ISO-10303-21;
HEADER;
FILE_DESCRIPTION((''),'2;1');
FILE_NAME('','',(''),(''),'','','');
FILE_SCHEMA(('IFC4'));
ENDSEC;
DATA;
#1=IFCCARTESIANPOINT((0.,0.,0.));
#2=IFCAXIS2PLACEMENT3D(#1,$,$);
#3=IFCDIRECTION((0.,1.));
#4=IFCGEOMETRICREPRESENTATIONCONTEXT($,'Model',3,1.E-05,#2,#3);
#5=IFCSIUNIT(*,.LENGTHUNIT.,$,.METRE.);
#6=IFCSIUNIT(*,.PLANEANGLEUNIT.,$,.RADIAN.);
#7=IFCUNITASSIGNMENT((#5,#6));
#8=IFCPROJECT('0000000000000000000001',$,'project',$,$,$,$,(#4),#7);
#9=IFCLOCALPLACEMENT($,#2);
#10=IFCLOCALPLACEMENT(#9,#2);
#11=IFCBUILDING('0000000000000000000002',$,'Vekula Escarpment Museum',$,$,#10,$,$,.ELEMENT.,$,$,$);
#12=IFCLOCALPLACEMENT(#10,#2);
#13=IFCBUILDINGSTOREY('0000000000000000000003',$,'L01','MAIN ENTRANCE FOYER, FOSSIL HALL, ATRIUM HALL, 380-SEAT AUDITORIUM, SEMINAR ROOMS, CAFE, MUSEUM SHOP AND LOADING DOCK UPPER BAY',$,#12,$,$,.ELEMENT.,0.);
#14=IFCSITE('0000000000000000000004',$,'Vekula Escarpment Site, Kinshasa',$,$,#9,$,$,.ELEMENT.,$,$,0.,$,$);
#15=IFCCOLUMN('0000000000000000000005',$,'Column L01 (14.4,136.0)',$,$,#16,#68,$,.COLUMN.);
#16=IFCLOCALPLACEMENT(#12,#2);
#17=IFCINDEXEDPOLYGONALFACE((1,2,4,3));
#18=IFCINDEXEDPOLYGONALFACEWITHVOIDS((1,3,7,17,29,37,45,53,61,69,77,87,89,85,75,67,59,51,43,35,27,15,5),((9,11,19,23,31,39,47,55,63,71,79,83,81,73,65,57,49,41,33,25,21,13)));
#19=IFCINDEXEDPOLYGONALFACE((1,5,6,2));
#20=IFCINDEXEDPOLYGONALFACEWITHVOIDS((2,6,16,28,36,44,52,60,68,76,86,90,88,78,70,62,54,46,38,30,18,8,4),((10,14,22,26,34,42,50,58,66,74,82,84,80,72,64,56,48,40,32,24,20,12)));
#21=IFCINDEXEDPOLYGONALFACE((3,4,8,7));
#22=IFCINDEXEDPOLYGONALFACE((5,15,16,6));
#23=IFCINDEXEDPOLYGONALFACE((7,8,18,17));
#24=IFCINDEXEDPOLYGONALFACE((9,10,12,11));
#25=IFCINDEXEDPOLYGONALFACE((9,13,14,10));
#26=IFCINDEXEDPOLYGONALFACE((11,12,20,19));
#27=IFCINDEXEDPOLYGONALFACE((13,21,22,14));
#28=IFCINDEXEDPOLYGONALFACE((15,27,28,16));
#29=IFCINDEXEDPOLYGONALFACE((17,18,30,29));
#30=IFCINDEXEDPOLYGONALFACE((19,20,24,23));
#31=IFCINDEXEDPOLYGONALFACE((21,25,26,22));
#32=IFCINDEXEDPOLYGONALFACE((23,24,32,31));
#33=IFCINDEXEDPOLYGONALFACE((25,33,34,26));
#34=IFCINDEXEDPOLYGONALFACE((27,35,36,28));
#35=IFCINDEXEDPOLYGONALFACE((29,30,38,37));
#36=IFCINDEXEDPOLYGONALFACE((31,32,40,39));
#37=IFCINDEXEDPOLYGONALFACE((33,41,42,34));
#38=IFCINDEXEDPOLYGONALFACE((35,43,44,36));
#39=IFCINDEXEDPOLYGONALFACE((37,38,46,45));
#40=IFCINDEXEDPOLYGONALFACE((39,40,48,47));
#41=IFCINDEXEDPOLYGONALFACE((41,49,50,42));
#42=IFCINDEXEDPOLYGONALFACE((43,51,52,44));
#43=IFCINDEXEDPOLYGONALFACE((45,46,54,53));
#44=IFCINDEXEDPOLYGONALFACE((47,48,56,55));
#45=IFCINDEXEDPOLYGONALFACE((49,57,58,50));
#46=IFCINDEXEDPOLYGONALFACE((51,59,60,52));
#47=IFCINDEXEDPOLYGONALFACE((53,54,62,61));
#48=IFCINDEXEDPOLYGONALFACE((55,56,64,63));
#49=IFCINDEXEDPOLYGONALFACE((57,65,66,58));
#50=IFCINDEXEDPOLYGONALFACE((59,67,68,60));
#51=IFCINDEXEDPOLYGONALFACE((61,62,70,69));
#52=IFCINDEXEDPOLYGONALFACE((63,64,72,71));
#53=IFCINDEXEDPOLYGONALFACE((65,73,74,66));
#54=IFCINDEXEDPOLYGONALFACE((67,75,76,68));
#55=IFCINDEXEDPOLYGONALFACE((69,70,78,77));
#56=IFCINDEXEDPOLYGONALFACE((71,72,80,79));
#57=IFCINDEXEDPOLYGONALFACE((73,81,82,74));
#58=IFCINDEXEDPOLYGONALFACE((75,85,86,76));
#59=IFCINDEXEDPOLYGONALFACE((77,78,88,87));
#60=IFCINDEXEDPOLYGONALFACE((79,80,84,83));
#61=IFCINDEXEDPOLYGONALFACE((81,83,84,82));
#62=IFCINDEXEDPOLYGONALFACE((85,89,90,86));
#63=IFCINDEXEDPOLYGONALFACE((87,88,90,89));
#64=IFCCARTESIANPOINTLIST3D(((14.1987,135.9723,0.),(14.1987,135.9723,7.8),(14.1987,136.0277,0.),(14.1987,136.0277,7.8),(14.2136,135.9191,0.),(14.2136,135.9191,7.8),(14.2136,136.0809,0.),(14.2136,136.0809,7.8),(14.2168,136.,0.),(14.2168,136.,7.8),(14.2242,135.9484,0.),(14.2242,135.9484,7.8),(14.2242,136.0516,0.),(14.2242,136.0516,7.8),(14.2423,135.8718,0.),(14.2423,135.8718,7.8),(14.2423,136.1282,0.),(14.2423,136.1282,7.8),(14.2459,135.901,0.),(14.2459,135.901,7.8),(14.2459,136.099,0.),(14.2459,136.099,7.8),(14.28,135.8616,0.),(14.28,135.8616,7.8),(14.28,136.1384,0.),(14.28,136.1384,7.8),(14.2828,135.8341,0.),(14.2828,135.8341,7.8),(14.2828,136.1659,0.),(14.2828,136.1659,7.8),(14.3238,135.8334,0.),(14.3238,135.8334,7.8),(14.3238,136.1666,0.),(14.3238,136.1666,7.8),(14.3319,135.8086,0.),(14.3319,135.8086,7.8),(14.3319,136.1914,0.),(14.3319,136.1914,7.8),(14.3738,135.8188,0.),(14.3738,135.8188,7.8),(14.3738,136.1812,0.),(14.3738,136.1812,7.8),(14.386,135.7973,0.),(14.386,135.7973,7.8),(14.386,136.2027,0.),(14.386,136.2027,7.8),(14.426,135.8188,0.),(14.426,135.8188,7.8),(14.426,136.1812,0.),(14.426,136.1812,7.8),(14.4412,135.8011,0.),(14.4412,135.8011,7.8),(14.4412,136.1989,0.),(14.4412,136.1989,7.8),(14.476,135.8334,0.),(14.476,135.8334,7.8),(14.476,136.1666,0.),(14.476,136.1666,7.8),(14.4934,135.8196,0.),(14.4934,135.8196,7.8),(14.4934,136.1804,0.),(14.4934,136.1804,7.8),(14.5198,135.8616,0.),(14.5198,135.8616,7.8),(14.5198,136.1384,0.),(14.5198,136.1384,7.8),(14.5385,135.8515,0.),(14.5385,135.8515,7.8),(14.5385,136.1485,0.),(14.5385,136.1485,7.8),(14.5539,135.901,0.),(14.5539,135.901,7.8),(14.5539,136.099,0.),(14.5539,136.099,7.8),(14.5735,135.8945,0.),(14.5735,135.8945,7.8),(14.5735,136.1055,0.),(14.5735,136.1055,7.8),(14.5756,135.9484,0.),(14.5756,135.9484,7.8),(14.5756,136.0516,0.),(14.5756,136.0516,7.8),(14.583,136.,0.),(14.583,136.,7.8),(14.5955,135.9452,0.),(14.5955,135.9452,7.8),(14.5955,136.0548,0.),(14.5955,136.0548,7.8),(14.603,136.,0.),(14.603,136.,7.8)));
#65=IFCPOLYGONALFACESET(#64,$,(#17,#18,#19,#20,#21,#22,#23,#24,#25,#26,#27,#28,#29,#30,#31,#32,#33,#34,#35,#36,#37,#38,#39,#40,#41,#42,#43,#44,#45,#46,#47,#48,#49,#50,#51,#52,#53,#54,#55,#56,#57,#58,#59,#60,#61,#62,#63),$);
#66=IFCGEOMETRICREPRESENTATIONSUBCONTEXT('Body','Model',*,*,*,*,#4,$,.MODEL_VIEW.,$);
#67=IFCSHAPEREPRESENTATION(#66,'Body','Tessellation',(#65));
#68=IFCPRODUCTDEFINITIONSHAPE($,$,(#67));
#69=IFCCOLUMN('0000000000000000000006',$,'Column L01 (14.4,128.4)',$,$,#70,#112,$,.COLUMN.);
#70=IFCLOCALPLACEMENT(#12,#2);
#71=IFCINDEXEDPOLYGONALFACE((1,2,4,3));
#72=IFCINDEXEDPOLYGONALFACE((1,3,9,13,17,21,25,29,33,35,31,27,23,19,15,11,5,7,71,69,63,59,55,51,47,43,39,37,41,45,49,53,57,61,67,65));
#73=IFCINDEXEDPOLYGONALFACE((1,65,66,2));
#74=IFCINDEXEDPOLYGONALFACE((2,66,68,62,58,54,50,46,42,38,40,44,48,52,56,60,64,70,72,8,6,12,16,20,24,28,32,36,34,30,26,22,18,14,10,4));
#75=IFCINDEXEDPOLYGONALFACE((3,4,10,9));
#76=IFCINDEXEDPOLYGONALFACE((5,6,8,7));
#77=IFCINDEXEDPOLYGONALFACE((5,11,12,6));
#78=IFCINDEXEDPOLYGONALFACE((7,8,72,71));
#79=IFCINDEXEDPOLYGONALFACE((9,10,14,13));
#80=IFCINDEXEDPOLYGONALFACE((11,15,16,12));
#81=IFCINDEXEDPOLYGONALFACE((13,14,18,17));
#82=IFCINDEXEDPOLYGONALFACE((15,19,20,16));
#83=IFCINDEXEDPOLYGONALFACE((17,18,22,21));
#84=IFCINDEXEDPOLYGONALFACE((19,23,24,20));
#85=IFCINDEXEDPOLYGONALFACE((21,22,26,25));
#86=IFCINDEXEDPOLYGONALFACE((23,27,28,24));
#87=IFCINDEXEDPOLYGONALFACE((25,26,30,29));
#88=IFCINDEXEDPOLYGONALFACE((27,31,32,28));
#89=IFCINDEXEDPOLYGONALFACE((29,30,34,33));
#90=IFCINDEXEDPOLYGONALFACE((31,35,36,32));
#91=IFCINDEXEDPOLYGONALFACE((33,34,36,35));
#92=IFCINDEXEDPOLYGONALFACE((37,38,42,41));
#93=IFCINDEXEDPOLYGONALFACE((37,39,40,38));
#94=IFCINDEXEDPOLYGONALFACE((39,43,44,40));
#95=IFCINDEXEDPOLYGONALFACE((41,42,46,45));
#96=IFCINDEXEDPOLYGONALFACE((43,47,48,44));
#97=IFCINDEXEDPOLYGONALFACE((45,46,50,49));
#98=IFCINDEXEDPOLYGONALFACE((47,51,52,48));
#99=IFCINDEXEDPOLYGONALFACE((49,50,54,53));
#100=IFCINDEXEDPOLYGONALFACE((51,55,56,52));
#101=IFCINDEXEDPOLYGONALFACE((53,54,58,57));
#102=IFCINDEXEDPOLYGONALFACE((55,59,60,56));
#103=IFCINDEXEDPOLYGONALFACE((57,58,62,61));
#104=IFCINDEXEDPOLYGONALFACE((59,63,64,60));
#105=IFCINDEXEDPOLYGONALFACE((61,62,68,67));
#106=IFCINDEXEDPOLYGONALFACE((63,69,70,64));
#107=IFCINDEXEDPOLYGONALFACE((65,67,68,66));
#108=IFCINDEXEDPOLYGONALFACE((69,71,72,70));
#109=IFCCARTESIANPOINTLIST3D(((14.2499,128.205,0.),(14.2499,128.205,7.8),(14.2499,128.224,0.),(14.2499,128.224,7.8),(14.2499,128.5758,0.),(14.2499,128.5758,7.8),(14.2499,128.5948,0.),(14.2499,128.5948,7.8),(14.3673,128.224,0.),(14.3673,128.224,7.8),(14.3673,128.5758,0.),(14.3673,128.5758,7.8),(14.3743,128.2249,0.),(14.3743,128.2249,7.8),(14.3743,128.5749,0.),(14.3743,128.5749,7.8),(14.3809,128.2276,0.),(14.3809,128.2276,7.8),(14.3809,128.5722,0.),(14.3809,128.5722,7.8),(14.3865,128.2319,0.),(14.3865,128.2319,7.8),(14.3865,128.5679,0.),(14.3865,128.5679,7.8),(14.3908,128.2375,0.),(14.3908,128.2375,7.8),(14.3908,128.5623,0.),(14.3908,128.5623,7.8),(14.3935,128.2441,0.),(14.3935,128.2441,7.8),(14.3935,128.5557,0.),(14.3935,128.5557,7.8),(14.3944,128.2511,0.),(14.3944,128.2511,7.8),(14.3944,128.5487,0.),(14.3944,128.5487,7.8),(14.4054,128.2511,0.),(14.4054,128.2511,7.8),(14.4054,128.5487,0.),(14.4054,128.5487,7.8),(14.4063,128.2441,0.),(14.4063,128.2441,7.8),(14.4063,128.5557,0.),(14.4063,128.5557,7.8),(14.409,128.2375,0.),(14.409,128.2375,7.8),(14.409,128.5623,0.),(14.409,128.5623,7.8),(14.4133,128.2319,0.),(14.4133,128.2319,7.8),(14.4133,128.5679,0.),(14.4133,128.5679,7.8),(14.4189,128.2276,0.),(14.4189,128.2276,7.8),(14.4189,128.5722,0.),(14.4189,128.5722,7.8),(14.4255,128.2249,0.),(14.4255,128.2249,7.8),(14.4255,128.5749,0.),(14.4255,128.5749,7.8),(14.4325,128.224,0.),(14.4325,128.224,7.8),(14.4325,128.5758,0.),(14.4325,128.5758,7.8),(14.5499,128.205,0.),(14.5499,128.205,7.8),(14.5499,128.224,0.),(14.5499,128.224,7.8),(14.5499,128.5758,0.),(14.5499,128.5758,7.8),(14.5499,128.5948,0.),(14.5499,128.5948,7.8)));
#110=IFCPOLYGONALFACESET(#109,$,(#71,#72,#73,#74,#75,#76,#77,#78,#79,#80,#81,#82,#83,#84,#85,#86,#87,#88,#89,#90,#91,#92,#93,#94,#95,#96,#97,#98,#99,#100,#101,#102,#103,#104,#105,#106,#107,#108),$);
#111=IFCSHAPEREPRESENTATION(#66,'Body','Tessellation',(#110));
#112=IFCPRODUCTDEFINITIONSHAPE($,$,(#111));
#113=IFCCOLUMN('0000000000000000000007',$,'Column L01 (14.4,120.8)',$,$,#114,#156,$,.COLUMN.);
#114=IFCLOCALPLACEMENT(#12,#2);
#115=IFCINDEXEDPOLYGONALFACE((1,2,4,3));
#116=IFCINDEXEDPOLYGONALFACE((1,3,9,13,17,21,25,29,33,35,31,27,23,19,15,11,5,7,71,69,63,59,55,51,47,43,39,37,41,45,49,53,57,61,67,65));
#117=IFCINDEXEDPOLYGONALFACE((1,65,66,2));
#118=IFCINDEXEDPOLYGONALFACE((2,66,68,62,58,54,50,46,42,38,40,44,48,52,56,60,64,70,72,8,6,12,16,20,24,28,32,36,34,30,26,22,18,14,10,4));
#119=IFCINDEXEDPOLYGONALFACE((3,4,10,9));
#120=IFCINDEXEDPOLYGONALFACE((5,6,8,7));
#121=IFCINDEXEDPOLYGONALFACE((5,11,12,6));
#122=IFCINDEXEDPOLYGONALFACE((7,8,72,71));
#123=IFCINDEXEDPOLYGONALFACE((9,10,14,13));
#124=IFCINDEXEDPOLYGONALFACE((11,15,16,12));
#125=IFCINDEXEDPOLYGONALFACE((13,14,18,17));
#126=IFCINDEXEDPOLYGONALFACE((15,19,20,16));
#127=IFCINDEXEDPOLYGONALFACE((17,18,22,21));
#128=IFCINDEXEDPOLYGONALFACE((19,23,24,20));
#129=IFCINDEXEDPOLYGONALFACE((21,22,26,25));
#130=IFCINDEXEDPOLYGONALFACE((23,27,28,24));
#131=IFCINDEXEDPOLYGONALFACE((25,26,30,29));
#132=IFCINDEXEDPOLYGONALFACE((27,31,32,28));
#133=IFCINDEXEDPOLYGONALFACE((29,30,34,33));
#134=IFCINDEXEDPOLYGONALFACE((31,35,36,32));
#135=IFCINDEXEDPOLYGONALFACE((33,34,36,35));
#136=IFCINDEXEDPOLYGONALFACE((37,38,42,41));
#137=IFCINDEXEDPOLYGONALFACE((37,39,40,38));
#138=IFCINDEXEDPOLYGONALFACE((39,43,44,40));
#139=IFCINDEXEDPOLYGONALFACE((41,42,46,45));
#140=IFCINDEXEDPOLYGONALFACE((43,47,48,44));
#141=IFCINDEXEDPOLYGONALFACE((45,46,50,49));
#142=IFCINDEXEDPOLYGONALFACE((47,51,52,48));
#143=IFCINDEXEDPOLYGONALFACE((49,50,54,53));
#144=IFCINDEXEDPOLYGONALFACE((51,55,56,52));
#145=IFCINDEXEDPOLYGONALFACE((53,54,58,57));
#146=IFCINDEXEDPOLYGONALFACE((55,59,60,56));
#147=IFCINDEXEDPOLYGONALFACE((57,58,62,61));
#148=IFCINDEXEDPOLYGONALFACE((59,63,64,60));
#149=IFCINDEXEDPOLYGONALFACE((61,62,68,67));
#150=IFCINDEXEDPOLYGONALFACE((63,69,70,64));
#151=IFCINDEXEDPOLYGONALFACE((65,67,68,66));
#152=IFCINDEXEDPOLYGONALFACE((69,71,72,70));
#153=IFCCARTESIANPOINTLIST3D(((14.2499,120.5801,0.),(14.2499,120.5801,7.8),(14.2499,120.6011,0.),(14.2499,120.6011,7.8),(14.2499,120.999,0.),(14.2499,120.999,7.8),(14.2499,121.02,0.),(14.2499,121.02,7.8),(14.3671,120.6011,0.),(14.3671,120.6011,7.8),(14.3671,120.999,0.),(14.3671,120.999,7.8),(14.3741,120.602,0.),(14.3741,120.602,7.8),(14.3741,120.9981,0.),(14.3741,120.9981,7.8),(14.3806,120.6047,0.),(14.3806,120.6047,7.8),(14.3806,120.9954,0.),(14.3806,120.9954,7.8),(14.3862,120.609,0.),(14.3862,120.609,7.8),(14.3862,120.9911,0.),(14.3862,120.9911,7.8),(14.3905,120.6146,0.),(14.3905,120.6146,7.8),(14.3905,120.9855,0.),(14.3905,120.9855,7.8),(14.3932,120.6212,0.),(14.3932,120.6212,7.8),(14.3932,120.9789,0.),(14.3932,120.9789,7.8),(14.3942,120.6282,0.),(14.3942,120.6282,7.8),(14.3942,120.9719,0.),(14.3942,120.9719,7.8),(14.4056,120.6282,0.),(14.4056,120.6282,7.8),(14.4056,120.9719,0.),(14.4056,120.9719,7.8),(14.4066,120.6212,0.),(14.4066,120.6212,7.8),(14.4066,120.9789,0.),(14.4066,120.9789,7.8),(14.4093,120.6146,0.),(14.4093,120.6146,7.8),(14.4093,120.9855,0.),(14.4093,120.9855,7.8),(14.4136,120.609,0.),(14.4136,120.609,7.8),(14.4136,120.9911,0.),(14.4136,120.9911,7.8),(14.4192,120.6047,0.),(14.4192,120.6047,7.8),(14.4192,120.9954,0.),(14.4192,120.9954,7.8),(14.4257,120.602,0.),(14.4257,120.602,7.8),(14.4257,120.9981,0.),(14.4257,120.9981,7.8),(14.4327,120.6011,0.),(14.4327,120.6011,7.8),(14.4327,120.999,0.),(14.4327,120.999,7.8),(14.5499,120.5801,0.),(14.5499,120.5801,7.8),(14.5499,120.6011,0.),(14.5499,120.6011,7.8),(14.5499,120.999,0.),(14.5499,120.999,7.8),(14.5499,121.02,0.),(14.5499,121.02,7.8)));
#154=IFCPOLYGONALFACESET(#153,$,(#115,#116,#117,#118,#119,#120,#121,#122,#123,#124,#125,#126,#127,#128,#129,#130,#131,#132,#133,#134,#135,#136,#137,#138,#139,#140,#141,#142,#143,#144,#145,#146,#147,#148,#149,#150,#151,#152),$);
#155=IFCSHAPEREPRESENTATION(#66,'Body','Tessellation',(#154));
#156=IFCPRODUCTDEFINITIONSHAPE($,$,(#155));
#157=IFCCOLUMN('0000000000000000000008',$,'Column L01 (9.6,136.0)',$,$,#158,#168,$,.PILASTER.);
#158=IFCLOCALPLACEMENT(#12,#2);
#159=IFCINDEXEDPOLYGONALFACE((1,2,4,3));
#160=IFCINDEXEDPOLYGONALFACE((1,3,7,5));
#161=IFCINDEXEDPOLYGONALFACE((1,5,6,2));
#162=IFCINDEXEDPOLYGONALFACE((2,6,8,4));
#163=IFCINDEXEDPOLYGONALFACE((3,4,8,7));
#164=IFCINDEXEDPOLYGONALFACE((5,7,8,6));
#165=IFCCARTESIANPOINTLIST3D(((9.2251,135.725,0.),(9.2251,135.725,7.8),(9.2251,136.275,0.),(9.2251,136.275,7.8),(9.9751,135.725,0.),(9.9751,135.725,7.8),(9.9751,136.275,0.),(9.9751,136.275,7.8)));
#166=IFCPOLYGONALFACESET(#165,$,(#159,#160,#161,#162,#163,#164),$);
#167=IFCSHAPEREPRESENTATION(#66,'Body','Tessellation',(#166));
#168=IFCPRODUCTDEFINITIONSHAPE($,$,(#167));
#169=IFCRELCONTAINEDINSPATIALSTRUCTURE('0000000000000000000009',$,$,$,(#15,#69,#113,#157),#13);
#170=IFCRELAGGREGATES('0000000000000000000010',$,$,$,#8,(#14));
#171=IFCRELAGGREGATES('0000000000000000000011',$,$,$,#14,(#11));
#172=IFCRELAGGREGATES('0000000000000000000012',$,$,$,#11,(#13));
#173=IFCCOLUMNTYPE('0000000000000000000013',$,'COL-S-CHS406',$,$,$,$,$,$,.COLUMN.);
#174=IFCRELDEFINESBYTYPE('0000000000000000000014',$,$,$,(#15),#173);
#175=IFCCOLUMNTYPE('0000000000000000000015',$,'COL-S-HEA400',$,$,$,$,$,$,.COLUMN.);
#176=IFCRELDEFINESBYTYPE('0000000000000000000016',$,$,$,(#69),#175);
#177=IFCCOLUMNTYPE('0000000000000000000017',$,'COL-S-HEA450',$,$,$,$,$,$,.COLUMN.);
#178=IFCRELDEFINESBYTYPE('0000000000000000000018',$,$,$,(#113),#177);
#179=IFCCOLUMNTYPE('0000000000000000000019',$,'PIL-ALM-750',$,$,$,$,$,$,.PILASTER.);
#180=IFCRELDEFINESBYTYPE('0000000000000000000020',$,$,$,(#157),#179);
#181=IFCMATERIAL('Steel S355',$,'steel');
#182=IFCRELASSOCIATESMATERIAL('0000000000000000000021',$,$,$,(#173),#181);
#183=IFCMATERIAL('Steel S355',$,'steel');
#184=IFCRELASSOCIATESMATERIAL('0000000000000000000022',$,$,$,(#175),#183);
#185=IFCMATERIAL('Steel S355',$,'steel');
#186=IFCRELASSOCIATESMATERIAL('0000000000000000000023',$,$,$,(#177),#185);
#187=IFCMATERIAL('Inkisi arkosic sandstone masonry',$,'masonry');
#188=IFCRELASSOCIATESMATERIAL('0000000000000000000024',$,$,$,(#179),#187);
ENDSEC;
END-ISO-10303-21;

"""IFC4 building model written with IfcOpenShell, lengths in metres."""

from ifc_helpers import new_model, si_unit, direction, frame, origin, origin_2d, place, context, subcontext, project, spatial, rectangle, hollow_circle, i_section, extrude, material, material_profile, profile_set, type_object, element, save


model = new_model("IFC4")

# Units and contexts
model_context = context("Model", 3, precision=1e-05, world=origin(), true_north=direction((0.0, 1.0)))
body_context = subcontext(model_context, "Body", "Model", "MODEL_VIEW")
ifc_project = project(units=[si_unit("LENGTHUNIT", "METRE"), si_unit("PLANEANGLEUNIT", "RADIAN")], contexts=[model_context])

# Site, building, storey
site_placement = place(None, origin())
site = spatial("IfcSite", under=ifc_project, at=site_placement, Name="Vekula Escarpment Site, Kinshasa", CompositionType="ELEMENT", RefElevation=0.0)
building_placement = place(site_placement, origin())
building = spatial("IfcBuilding", under=site, at=building_placement, Name="Vekula Escarpment Museum", CompositionType="ELEMENT")
storey_placement = place(building_placement, origin())
storey = spatial("IfcBuildingStorey", under=building, at=storey_placement, Name="L01", Description="MAIN ENTRANCE FOYER, FOSSIL HALL, ATRIUM HALL, 380-SEAT AUDITORIUM, SEMINAR ROOMS, CAFE, MUSEUM SHOP AND LOADING DOCK UPPER BAY", CompositionType="ELEMENT", Elevation=0.0)

# Columns
ifc_material_1 = material(Name="Steel S355", Category="steel")
ifc_material_profile_1 = material_profile(ifc_material_1, hollow_circle(Radius=0.2031, WallThickness=0.02, at=origin_2d()), Name="CHS 406.4x20")
ifc_profile_set_1 = profile_set([ifc_material_profile_1], Name="Steel S355")
column_type_1 = type_object("IfcColumnType", Name="COL-S-CHS406", PredefinedType="COLUMN", material=ifc_profile_set_1)
column_1_placement = place(storey_placement, frame((14.3999, 136.0, 0.0), z_axis=(0.0, 0.0, 1.0), x_axis=(1.0, 0.0, 0.0)))
element("IfcColumn", 1, at=column_1_placement, inside=storey, type_object=column_type_1, Name="Column L01 (14.4,136.0)", PredefinedType="COLUMN", context=body_context, shape_type="SweptSolid", body=[
    extrude(hollow_circle(Radius=0.2031, WallThickness=0.02, at=origin_2d()), origin(), (0.0, 0.0, 1.0), 7.8),
])
ifc_material_2 = material(Name="Steel S355", Category="steel")
ifc_material_profile_2 = material_profile(ifc_material_2, i_section(OverallWidth=0.3, OverallDepth=0.3899, WebThickness=0.011, FlangeThickness=0.019, FilletRadius=0.0271, at=origin_2d()), Name="HEA 400")
ifc_profile_set_2 = profile_set([ifc_material_profile_2], Name="Steel S355")
column_type_2 = type_object("IfcColumnType", Name="COL-S-HEA400", PredefinedType="COLUMN", material=ifc_profile_set_2)
column_2_placement = place(storey_placement, frame((14.3999, 128.3999, 0.0), z_axis=(0.0, 0.0, 1.0), x_axis=(1.0, 0.0, 0.0)))
element("IfcColumn", 2, at=column_2_placement, inside=storey, type_object=column_type_2, Name="Column L01 (14.4,128.4)", PredefinedType="COLUMN", context=body_context, shape_type="SweptSolid", body=[
    extrude(i_section(OverallWidth=0.3, OverallDepth=0.3899, WebThickness=0.011, FlangeThickness=0.019, FilletRadius=0.0271, at=origin_2d()), origin(), (0.0, 0.0, 1.0), 7.8),
])
ifc_material_3 = material(Name="Steel S355", Category="steel")
ifc_material_profile_3 = material_profile(ifc_material_3, i_section(OverallWidth=0.3, OverallDepth=0.4399, WebThickness=0.0115, FlangeThickness=0.021, FilletRadius=0.0271, at=origin_2d()), Name="HEA 450")
ifc_profile_set_3 = profile_set([ifc_material_profile_3], Name="Steel S355")
column_type_3 = type_object("IfcColumnType", Name="COL-S-HEA450", PredefinedType="COLUMN", material=ifc_profile_set_3)
column_3_placement = place(storey_placement, frame((14.3999, 120.8, 0.0), z_axis=(0.0, 0.0, 1.0), x_axis=(1.0, 0.0, 0.0)))
element("IfcColumn", 3, at=column_3_placement, inside=storey, type_object=column_type_3, Name="Column L01 (14.4,120.8)", PredefinedType="COLUMN", context=body_context, shape_type="SweptSolid", body=[
    extrude(i_section(OverallWidth=0.3, OverallDepth=0.4399, WebThickness=0.0115, FlangeThickness=0.021, FilletRadius=0.0271, at=origin_2d()), origin(), (0.0, 0.0, 1.0), 7.8),
])
ifc_material_4 = material(Name="Inkisi arkosic sandstone masonry", Category="masonry")
ifc_material_profile_4 = material_profile(ifc_material_4, rectangle(XDim=0.75, YDim=0.55, at=origin_2d()), Name="PIER 750x550")
ifc_profile_set_4 = profile_set([ifc_material_profile_4], Name="Inkisi arkosic sandstone masonry")
column_type_4 = type_object("IfcColumnType", Name="PIL-ALM-750", PredefinedType="PILASTER", material=ifc_profile_set_4)
column_4_placement = place(storey_placement, frame((9.6001, 136.0, 0.0), z_axis=(0.0, 0.0, 1.0), x_axis=(1.0, 0.0, 0.0)))
element("IfcColumn", 4, at=column_4_placement, inside=storey, type_object=column_type_4, Name="Column L01 (9.6,136.0)", PredefinedType="PILASTER", context=body_context, shape_type="SweptSolid", body=[
    extrude(rectangle(XDim=0.75, YDim=0.55, at=origin_2d()), origin(), (0.0, 0.0, 1.0), 7.8),
])

save(model, "model.ifc")
